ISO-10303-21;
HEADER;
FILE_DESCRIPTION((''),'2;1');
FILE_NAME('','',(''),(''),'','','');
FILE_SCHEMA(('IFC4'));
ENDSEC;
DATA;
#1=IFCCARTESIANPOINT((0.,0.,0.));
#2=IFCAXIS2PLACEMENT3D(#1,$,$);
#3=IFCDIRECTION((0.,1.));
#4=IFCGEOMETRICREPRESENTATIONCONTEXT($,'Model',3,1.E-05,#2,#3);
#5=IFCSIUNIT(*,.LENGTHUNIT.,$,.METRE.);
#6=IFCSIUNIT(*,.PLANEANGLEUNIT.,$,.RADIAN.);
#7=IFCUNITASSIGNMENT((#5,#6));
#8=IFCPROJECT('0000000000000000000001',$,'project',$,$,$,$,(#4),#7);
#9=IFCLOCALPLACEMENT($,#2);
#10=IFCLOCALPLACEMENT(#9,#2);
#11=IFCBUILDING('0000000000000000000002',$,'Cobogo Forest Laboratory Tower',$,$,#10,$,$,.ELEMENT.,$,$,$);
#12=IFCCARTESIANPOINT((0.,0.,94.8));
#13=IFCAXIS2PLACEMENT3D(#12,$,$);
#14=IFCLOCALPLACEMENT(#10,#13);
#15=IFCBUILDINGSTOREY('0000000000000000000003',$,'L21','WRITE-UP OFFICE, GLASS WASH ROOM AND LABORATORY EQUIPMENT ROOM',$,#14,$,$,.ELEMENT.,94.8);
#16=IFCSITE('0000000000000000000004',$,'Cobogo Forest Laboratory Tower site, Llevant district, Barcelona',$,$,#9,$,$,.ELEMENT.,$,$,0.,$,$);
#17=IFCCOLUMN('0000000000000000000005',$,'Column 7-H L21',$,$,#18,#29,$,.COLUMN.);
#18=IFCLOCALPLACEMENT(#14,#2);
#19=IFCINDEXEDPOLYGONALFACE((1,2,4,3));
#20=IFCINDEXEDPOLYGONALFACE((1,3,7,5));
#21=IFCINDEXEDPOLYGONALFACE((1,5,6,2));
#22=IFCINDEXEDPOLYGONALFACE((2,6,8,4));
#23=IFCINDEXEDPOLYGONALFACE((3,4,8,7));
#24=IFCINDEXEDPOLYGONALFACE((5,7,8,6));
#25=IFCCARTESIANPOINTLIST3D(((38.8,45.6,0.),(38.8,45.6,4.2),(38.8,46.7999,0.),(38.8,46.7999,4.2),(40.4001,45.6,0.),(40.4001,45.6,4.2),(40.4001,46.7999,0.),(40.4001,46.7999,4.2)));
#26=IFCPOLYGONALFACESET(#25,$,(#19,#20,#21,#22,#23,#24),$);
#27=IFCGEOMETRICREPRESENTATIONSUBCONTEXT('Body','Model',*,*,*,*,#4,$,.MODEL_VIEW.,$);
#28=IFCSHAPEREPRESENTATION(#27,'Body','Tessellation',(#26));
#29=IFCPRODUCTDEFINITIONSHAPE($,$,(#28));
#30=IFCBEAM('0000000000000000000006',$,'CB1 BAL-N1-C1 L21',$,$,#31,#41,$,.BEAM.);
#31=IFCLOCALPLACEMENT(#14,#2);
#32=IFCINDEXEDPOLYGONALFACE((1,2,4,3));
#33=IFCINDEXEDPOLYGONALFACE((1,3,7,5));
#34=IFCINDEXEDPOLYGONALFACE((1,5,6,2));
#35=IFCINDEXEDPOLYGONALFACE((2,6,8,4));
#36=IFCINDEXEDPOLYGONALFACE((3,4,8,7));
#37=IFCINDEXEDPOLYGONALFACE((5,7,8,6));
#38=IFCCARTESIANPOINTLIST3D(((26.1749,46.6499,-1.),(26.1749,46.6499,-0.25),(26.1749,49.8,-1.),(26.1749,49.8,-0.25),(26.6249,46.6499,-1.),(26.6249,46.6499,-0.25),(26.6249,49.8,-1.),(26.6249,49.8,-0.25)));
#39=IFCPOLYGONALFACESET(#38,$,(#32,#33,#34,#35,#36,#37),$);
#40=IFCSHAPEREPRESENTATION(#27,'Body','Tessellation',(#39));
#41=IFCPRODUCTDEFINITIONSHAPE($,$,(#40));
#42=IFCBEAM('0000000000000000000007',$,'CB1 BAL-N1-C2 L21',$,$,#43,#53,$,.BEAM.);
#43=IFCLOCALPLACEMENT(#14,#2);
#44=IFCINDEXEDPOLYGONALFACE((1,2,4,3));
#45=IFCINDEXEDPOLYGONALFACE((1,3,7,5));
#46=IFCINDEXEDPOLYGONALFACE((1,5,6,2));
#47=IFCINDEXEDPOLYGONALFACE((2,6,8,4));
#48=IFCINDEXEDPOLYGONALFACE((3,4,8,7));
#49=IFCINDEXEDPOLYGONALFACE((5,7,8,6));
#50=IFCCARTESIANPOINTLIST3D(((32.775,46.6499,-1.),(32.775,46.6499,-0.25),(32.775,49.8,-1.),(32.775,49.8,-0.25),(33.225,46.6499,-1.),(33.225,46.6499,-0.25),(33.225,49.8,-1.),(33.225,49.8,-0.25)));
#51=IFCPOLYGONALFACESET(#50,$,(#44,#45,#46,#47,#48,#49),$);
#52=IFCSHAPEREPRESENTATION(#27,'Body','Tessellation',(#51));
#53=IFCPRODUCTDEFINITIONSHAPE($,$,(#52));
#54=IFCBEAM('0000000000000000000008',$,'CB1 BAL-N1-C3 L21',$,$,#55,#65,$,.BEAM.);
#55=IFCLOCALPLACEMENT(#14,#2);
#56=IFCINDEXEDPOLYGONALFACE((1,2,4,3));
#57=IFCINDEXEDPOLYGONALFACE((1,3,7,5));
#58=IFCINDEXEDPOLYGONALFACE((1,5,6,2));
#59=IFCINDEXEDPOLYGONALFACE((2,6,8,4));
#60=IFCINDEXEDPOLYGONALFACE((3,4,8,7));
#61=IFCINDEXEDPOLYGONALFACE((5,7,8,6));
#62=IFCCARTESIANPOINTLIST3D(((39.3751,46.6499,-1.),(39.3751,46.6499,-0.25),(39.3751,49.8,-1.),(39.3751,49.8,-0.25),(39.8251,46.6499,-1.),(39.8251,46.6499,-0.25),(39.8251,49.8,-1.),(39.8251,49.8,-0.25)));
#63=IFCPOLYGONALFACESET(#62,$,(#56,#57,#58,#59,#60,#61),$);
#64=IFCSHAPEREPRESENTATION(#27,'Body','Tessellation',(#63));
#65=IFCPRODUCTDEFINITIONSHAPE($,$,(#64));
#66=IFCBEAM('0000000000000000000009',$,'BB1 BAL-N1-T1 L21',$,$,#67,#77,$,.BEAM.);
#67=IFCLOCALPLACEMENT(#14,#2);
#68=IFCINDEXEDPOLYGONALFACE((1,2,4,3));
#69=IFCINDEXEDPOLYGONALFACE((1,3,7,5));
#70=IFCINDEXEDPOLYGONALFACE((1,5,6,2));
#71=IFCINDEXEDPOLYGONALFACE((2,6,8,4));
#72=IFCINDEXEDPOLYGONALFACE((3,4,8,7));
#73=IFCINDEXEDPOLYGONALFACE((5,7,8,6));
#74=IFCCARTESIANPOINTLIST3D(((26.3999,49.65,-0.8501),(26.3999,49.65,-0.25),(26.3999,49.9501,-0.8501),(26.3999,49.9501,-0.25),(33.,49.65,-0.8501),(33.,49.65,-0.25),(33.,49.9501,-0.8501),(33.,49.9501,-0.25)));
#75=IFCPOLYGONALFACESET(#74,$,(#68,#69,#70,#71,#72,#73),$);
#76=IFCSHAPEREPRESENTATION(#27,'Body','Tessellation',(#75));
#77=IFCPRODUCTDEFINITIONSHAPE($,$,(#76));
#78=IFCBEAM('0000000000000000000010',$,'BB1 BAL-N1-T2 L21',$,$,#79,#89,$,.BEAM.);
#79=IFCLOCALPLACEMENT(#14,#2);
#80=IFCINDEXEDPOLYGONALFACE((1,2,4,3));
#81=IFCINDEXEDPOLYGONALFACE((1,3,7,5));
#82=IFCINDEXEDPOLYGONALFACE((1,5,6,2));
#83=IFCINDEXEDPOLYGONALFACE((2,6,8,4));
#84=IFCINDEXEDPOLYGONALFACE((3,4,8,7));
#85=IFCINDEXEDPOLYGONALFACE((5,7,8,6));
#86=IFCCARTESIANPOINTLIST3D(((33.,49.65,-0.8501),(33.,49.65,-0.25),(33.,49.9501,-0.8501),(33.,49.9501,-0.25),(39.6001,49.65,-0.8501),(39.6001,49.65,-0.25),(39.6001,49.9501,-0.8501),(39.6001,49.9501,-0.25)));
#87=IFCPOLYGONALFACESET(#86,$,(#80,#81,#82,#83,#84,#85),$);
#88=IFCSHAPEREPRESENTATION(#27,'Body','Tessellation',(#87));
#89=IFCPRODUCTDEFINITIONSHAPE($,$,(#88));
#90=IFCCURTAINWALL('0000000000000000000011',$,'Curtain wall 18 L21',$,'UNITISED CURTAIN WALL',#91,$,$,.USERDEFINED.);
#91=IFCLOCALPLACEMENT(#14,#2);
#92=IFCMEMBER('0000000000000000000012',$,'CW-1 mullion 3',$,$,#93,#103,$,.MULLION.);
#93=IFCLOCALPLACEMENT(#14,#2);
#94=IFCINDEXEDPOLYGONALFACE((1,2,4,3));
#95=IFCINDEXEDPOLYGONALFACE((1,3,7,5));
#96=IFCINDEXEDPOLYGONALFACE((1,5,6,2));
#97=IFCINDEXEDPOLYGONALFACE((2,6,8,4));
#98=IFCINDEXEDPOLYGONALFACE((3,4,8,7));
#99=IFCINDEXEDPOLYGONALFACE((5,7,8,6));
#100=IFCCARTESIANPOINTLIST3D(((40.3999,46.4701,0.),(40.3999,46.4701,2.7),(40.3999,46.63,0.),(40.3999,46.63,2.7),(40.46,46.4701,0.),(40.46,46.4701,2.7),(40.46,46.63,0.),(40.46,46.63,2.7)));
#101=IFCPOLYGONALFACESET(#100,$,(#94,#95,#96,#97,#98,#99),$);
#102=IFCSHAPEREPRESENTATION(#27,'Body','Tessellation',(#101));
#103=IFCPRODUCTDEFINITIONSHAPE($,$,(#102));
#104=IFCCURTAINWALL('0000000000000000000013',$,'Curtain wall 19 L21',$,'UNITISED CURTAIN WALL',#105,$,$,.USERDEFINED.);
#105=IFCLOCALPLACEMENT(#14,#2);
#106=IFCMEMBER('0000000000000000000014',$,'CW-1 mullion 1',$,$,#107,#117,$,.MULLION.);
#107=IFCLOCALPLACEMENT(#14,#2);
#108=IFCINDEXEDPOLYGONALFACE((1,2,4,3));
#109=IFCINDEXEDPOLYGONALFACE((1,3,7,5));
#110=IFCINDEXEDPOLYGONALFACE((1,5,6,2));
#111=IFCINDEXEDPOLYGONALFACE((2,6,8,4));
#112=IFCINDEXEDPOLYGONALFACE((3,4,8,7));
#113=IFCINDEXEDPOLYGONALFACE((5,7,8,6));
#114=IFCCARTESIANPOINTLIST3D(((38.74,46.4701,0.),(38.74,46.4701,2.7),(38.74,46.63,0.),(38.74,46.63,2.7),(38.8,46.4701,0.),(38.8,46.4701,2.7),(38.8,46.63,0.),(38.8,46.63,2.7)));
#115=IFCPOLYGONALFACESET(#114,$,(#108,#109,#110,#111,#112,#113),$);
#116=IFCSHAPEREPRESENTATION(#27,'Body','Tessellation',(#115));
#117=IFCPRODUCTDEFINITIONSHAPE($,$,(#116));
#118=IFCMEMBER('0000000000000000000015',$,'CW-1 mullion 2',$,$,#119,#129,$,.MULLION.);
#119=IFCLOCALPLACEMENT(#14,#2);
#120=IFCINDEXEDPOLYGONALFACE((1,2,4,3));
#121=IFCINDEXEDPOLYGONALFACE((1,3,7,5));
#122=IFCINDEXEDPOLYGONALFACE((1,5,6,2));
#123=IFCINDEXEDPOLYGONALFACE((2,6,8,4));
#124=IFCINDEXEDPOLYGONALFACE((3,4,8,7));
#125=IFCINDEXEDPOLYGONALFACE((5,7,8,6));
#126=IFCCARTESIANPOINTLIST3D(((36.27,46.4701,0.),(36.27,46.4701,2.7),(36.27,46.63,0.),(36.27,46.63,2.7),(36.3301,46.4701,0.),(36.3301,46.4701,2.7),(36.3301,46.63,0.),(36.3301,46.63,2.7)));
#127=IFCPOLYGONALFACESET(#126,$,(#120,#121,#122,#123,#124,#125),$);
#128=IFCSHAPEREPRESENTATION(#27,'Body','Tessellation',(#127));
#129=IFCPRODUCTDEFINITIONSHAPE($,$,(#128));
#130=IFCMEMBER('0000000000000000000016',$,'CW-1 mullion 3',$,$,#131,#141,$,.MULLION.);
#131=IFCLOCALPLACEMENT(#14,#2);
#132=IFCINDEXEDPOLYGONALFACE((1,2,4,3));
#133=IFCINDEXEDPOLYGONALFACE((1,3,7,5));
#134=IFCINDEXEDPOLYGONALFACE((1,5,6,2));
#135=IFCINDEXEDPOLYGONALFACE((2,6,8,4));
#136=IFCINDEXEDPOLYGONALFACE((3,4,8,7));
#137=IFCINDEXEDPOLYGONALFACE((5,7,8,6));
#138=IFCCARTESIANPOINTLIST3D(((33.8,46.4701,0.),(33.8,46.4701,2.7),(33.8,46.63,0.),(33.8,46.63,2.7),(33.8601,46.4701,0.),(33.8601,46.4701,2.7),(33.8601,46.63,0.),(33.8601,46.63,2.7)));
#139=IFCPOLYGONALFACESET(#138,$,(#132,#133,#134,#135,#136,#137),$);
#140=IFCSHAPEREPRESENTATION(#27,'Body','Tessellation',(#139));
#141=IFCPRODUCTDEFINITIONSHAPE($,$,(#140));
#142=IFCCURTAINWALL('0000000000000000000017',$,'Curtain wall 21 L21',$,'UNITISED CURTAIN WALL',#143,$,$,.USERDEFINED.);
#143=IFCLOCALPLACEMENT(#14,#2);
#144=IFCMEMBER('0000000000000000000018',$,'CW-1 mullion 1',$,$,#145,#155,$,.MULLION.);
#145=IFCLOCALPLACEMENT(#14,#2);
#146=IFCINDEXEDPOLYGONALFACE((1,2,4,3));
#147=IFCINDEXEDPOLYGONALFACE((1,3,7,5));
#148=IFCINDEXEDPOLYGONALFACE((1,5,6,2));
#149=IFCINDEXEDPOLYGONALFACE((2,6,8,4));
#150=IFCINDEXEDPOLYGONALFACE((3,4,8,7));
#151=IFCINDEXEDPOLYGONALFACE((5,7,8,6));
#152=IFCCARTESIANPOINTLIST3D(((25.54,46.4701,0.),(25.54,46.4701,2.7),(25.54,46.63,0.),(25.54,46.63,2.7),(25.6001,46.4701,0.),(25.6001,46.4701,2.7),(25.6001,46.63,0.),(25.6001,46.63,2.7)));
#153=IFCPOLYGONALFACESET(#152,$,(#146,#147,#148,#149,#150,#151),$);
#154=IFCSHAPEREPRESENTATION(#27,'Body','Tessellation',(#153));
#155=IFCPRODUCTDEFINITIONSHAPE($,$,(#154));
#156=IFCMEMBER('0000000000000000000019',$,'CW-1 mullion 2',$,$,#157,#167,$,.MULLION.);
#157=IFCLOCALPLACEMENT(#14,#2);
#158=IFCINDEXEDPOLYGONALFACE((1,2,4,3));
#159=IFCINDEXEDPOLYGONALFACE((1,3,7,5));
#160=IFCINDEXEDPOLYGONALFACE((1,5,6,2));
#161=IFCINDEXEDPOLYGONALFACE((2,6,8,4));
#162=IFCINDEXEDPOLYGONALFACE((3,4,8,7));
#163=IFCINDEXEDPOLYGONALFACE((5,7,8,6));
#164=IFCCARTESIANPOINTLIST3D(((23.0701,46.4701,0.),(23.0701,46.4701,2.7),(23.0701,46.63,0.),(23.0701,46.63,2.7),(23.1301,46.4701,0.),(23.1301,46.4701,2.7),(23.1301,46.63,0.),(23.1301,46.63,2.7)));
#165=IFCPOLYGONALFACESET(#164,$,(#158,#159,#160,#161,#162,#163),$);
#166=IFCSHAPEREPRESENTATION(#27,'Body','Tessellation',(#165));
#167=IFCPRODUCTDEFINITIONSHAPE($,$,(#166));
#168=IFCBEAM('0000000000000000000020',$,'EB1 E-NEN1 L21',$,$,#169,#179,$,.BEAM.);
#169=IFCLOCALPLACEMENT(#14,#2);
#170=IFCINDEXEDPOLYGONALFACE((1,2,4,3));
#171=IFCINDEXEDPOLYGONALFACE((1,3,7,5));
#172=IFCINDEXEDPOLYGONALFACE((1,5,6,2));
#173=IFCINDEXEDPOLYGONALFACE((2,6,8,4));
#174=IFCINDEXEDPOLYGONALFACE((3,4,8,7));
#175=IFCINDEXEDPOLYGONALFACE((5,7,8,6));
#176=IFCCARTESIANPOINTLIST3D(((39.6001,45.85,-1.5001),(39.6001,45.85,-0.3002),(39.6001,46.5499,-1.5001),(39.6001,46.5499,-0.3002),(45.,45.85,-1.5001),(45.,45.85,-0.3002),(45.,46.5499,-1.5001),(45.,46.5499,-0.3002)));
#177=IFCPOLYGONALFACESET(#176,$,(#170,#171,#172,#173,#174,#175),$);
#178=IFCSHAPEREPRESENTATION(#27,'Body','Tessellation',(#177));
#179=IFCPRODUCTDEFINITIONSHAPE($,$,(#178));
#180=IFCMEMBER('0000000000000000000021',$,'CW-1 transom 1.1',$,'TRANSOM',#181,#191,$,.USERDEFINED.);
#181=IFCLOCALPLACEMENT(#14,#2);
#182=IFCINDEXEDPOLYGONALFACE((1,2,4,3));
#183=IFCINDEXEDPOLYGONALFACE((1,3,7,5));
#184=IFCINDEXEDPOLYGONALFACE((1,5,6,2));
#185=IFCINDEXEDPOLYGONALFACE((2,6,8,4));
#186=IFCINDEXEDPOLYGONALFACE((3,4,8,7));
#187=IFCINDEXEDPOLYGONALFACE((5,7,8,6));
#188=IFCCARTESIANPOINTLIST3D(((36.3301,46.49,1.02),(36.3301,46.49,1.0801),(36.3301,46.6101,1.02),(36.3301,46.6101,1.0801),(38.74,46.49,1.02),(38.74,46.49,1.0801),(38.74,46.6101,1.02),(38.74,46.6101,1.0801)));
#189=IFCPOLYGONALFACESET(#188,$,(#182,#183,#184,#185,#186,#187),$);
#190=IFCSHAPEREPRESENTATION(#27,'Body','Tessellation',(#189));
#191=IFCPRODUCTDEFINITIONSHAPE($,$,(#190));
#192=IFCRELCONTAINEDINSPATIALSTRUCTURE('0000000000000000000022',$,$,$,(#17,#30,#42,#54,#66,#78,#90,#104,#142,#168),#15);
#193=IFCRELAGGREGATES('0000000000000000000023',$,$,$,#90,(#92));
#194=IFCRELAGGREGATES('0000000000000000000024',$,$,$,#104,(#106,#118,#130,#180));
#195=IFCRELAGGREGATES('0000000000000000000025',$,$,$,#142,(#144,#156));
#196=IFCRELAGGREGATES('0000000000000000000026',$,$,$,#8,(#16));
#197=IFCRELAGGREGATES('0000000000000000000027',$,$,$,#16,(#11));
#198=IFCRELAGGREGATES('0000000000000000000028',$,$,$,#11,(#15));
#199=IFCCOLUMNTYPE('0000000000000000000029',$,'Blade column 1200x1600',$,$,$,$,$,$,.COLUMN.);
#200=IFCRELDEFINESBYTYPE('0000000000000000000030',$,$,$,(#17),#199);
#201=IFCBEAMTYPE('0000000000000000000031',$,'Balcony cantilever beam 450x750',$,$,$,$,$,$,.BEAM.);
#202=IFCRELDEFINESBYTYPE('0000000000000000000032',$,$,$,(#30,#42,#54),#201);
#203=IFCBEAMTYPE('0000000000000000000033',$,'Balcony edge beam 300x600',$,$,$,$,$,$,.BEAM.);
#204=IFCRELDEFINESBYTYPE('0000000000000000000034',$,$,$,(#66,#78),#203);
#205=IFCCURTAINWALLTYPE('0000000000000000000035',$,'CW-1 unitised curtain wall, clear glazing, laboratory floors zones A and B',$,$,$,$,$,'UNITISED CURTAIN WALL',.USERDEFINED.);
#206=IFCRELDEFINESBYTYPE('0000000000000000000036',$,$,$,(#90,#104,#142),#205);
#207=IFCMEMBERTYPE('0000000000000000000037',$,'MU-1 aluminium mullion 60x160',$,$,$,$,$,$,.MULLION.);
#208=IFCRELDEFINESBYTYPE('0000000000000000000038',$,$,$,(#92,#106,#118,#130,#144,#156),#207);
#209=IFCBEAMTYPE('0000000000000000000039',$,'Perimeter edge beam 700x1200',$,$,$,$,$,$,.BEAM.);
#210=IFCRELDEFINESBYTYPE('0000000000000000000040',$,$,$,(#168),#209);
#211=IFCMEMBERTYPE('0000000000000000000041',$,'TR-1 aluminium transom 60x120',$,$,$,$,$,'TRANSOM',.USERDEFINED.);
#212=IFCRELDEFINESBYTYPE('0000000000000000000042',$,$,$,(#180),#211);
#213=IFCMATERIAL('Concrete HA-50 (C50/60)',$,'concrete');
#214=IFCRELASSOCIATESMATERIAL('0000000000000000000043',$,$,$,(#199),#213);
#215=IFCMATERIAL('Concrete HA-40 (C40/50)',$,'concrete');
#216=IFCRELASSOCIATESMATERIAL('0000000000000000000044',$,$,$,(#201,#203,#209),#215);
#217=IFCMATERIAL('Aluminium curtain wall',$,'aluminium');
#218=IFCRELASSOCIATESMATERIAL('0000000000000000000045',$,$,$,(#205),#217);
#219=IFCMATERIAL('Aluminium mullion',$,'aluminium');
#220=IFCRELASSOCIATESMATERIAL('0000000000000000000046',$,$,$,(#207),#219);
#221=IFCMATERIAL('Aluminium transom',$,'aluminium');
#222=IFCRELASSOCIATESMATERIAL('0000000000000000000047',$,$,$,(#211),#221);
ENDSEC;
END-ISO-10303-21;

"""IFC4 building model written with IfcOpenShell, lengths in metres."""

from ifc_helpers import new_model, si_unit, direction, frame, origin, origin_2d, place, context, subcontext, project, spatial, rectangle, extrude, material, material_profile, profile_set, type_object, element, aggregate, save


model = new_model("IFC4")

# Units and contexts
model_context = context("Model", 3, precision=1e-05, world=origin(), true_north=direction((0.0, 1.0)))
body_context = subcontext(model_context, "Body", "Model", "MODEL_VIEW")
ifc_project = project(units=[si_unit("LENGTHUNIT", "METRE"), si_unit("PLANEANGLEUNIT", "RADIAN")], contexts=[model_context])

# Site, building, storey
site_placement = place(None, origin())
site = spatial("IfcSite", under=ifc_project, at=site_placement, Name="Cobogo Forest Laboratory Tower site, Llevant district, Barcelona", CompositionType="ELEMENT", RefElevation=0.0)
building_placement = place(site_placement, origin())
building = spatial("IfcBuilding", under=site, at=building_placement, Name="Cobogo Forest Laboratory Tower", CompositionType="ELEMENT")
storey_placement = place(building_placement, frame((0.0, 0.0, 94.8)))
storey = spatial("IfcBuildingStorey", under=building, at=storey_placement, Name="L21", Description="WRITE-UP OFFICE, GLASS WASH ROOM AND LABORATORY EQUIPMENT ROOM", CompositionType="ELEMENT", Elevation=94.8)

# Column
ifc_material_1 = material(Name="Concrete HA-50 (C50/60)", Category="concrete")
ifc_material_profile_1 = material_profile(ifc_material_1, rectangle(XDim=1.6001, YDim=1.2, at=origin_2d()), Name="RC 1200x1600")
ifc_profile_set_1 = profile_set([ifc_material_profile_1], Name="Concrete HA-50 (C50/60)")
column_type = type_object("IfcColumnType", Name="Blade column 1200x1600", PredefinedType="COLUMN", material=ifc_profile_set_1)
column_placement = place(storey_placement, frame((39.6001, 46.2, 0.0), z_axis=(0.0, 0.0, 1.0), x_axis=(1.0, 0.0, 0.0)))
element("IfcColumn", 1, at=column_placement, inside=storey, type_object=column_type, Name="Column 7-H L21", PredefinedType="COLUMN", context=body_context, shape_type="SweptSolid", body=[
    extrude(rectangle(XDim=1.6001, YDim=1.2, at=origin_2d()), origin(), (0.0, 0.0, 1.0), 4.2),
])

# Beams
ifc_material_2 = material(Name="Concrete HA-40 (C40/50)", Category="concrete")
ifc_material_profile_2 = material_profile(ifc_material_2, rectangle(XDim=0.45, YDim=0.75, at=origin_2d()), Name="RC 450x750")
ifc_profile_set_2 = profile_set([ifc_material_profile_2], Name="Concrete HA-40 (C40/50)")
beam_type_1 = type_object("IfcBeamType", Name="Balcony cantilever beam 450x750", PredefinedType="BEAM", material=ifc_profile_set_2)
for number, where, z_axis, x_axis, name in (
    (2, (26.3999, 46.6499, -0.625), (0.0, 1.0, 0.0), (-1.0, 0.0, 0.0), "CB1 BAL-N1-C1 L21"),
    (3, (33.0, 46.6499, -0.625), (0.0, 1.0, 0.0), (-1.0, 0.0, 0.0), "CB1 BAL-N1-C2 L21"),
    (4, (39.6001, 46.6499, -0.625), (0.0, 1.0, 0.0), (-1.0, 0.0, 0.0), "CB1 BAL-N1-C3 L21"),
):
    element("IfcBeam", number, at=place(storey_placement, frame(where, z_axis=z_axis, x_axis=x_axis)), inside=storey, type_object=beam_type_1, Name=name, PredefinedType="BEAM", context=body_context, shape_type="SweptSolid", body=[
        extrude(rectangle(XDim=0.45, YDim=0.75, at=origin_2d()), origin(), (0.0, 0.0, 1.0), 3.1501),
    ])
ifc_material_profile_3 = material_profile(ifc_material_2, rectangle(XDim=0.3, YDim=0.6001, at=origin_2d()), Name="RC 300x600")
ifc_profile_set_3 = profile_set([ifc_material_profile_3], Name="Concrete HA-40 (C40/50)")
beam_type_2 = type_object("IfcBeamType", Name="Balcony edge beam 300x600", PredefinedType="BEAM", material=ifc_profile_set_3)
for number, where, z_axis, x_axis, name in (
    (5, (26.3999, 49.8, -0.55), (1.0, 0.0, 0.0), (0.0, 1.0, 0.0), "BB1 BAL-N1-T1 L21"),
    (6, (33.0, 49.8, -0.55), (1.0, 0.0, 0.0), (0.0, 1.0, 0.0), "BB1 BAL-N1-T2 L21"),
):
    element("IfcBeam", number, at=place(storey_placement, frame(where, z_axis=z_axis, x_axis=x_axis)), inside=storey, type_object=beam_type_2, Name=name, PredefinedType="BEAM", context=body_context, shape_type="SweptSolid", body=[
        extrude(rectangle(XDim=0.3, YDim=0.6001, at=origin_2d()), origin(), (0.0, 0.0, 1.0), 6.6001),
    ])

# Curtain wall, member
ifc_material_3 = material(Name="Aluminium curtain wall", Category="aluminium")
curtain_wall_type = type_object("IfcCurtainWallType", Name="CW-1 unitised curtain wall, clear glazing, laboratory floors zones A and B", ElementType="UNITISED CURTAIN WALL", PredefinedType="USERDEFINED", material=ifc_material_3)
curtain_wall_1_placement = place(storey_placement, origin())
curtain_wall_1 = element("IfcCurtainWall", 7, at=curtain_wall_1_placement, inside=storey, type_object=curtain_wall_type, Name="Curtain wall 18 L21", ObjectType="UNITISED CURTAIN WALL", PredefinedType="USERDEFINED")
ifc_material_4 = material(Name="Aluminium mullion", Category="aluminium")
ifc_material_profile_4 = material_profile(ifc_material_4, rectangle(XDim=0.0601, YDim=0.1599, at=origin_2d()), Name="AL 60x160")
ifc_profile_set_4 = profile_set([ifc_material_profile_4], Name="Aluminium mullion")
member_type_1 = type_object("IfcMemberType", Name="MU-1 aluminium mullion 60x160", PredefinedType="MULLION", material=ifc_profile_set_4)
member_1_placement = place(storey_placement, frame((40.4299, 46.55, 0.0), z_axis=(0.0, 0.0, 1.0), x_axis=(-1.0, 0.0, 0.0)))
member_1 = element("IfcMember", 8, at=member_1_placement, type_object=member_type_1, Name="CW-1 mullion 3", PredefinedType="MULLION", context=body_context, shape_type="SweptSolid", body=[
    extrude(rectangle(XDim=0.0601, YDim=0.1599, at=origin_2d()), origin(), (0.0, 0.0, 1.0), 2.7),
])

# Curtain walls, members
curtain_wall_2_placement = place(storey_placement, origin())
curtain_wall_2 = element("IfcCurtainWall", 9, at=curtain_wall_2_placement, inside=storey, type_object=curtain_wall_type, Name="Curtain wall 19 L21", ObjectType="UNITISED CURTAIN WALL", PredefinedType="USERDEFINED")
member_2_placement = place(storey_placement, frame((38.77, 46.55, 0.0), z_axis=(0.0, 0.0, 1.0), x_axis=(-1.0, 0.0, 0.0)))
member_2 = element("IfcMember", 10, at=member_2_placement, type_object=member_type_1, Name="CW-1 mullion 1", PredefinedType="MULLION", context=body_context, shape_type="SweptSolid", body=[
    extrude(rectangle(XDim=0.0601, YDim=0.1599, at=origin_2d()), origin(), (0.0, 0.0, 1.0), 2.7),
])
member_3_placement = place(storey_placement, frame((36.3, 46.55, 0.0), z_axis=(0.0, 0.0, 1.0), x_axis=(-1.0, 0.0, 0.0)))
member_3 = element("IfcMember", 11, at=member_3_placement, type_object=member_type_1, Name="CW-1 mullion 2", PredefinedType="MULLION", context=body_context, shape_type="SweptSolid", body=[
    extrude(rectangle(XDim=0.0601, YDim=0.1599, at=origin_2d()), origin(), (0.0, 0.0, 1.0), 2.7),
])
member_4_placement = place(storey_placement, frame((33.8301, 46.55, 0.0), z_axis=(0.0, 0.0, 1.0), x_axis=(-1.0, 0.0, 0.0)))
member_4 = element("IfcMember", 12, at=member_4_placement, type_object=member_type_1, Name="CW-1 mullion 3", PredefinedType="MULLION", context=body_context, shape_type="SweptSolid", body=[
    extrude(rectangle(XDim=0.0601, YDim=0.1599, at=origin_2d()), origin(), (0.0, 0.0, 1.0), 2.7),
])
curtain_wall_3_placement = place(storey_placement, origin())
curtain_wall_3 = element("IfcCurtainWall", 13, at=curtain_wall_3_placement, inside=storey, type_object=curtain_wall_type, Name="Curtain wall 21 L21", ObjectType="UNITISED CURTAIN WALL", PredefinedType="USERDEFINED")
member_5_placement = place(storey_placement, frame((25.5701, 46.55, 0.0), z_axis=(0.0, 0.0, 1.0), x_axis=(-1.0, 0.0, 0.0)))
member_5 = element("IfcMember", 14, at=member_5_placement, type_object=member_type_1, Name="CW-1 mullion 1", PredefinedType="MULLION", context=body_context, shape_type="SweptSolid", body=[
    extrude(rectangle(XDim=0.0601, YDim=0.1599, at=origin_2d()), origin(), (0.0, 0.0, 1.0), 2.7),
])
member_6_placement = place(storey_placement, frame((23.1001, 46.55, 0.0), z_axis=(0.0, 0.0, 1.0), x_axis=(-1.0, 0.0, 0.0)))
member_6 = element("IfcMember", 15, at=member_6_placement, type_object=member_type_1, Name="CW-1 mullion 2", PredefinedType="MULLION", context=body_context, shape_type="SweptSolid", body=[
    extrude(rectangle(XDim=0.0601, YDim=0.1599, at=origin_2d()), origin(), (0.0, 0.0, 1.0), 2.7),
])

# Beam
ifc_material_profile_5 = material_profile(ifc_material_2, rectangle(XDim=0.7, YDim=1.2, at=origin_2d()), Name="RC 700x1200")
ifc_profile_set_5 = profile_set([ifc_material_profile_5], Name="Concrete HA-40 (C40/50)")
beam_type_3 = type_object("IfcBeamType", Name="Perimeter edge beam 700x1200", PredefinedType="BEAM", material=ifc_profile_set_5)
beam_placement = place(storey_placement, frame((39.6001, 46.2, -0.9001), z_axis=(1.0, 0.0, 0.0), x_axis=(0.0, 1.0, 0.0)))
element("IfcBeam", 16, at=beam_placement, inside=storey, type_object=beam_type_3, Name="EB1 E-NEN1 L21", PredefinedType="BEAM", context=body_context, shape_type="SweptSolid", body=[
    extrude(rectangle(XDim=0.7, YDim=1.2, at=origin_2d()), origin(), (0.0, 0.0, 1.0), 5.3999),
])

# Member
ifc_material_5 = material(Name="Aluminium transom", Category="aluminium")
ifc_material_profile_6 = material_profile(ifc_material_5, rectangle(XDim=0.1201, YDim=0.0601, at=origin_2d()), Name="AL 60x120")
ifc_profile_set_6 = profile_set([ifc_material_profile_6], Name="Aluminium transom")
member_type_2 = type_object("IfcMemberType", Name="TR-1 aluminium transom 60x120", ElementType="TRANSOM", PredefinedType="USERDEFINED", material=ifc_profile_set_6)
member_7_placement = place(storey_placement, frame((38.74, 46.55, 1.05), z_axis=(-1.0, 0.0, 0.0), x_axis=(0.0, -1.0, 0.0)))
member_7 = element("IfcMember", 17, at=member_7_placement, type_object=member_type_2, Name="CW-1 transom 1.1", ObjectType="TRANSOM", PredefinedType="USERDEFINED", context=body_context, shape_type="SweptSolid", body=[
    extrude(rectangle(XDim=0.1201, YDim=0.0601, at=origin_2d()), origin(), (0.0, 0.0, 1.0), 2.4099),
])

aggregate(curtain_wall_1, [member_1])
aggregate(curtain_wall_2, [member_2, member_3, member_4, member_7])
aggregate(curtain_wall_3, [member_5, member_6])

save(model, "model.ifc")
